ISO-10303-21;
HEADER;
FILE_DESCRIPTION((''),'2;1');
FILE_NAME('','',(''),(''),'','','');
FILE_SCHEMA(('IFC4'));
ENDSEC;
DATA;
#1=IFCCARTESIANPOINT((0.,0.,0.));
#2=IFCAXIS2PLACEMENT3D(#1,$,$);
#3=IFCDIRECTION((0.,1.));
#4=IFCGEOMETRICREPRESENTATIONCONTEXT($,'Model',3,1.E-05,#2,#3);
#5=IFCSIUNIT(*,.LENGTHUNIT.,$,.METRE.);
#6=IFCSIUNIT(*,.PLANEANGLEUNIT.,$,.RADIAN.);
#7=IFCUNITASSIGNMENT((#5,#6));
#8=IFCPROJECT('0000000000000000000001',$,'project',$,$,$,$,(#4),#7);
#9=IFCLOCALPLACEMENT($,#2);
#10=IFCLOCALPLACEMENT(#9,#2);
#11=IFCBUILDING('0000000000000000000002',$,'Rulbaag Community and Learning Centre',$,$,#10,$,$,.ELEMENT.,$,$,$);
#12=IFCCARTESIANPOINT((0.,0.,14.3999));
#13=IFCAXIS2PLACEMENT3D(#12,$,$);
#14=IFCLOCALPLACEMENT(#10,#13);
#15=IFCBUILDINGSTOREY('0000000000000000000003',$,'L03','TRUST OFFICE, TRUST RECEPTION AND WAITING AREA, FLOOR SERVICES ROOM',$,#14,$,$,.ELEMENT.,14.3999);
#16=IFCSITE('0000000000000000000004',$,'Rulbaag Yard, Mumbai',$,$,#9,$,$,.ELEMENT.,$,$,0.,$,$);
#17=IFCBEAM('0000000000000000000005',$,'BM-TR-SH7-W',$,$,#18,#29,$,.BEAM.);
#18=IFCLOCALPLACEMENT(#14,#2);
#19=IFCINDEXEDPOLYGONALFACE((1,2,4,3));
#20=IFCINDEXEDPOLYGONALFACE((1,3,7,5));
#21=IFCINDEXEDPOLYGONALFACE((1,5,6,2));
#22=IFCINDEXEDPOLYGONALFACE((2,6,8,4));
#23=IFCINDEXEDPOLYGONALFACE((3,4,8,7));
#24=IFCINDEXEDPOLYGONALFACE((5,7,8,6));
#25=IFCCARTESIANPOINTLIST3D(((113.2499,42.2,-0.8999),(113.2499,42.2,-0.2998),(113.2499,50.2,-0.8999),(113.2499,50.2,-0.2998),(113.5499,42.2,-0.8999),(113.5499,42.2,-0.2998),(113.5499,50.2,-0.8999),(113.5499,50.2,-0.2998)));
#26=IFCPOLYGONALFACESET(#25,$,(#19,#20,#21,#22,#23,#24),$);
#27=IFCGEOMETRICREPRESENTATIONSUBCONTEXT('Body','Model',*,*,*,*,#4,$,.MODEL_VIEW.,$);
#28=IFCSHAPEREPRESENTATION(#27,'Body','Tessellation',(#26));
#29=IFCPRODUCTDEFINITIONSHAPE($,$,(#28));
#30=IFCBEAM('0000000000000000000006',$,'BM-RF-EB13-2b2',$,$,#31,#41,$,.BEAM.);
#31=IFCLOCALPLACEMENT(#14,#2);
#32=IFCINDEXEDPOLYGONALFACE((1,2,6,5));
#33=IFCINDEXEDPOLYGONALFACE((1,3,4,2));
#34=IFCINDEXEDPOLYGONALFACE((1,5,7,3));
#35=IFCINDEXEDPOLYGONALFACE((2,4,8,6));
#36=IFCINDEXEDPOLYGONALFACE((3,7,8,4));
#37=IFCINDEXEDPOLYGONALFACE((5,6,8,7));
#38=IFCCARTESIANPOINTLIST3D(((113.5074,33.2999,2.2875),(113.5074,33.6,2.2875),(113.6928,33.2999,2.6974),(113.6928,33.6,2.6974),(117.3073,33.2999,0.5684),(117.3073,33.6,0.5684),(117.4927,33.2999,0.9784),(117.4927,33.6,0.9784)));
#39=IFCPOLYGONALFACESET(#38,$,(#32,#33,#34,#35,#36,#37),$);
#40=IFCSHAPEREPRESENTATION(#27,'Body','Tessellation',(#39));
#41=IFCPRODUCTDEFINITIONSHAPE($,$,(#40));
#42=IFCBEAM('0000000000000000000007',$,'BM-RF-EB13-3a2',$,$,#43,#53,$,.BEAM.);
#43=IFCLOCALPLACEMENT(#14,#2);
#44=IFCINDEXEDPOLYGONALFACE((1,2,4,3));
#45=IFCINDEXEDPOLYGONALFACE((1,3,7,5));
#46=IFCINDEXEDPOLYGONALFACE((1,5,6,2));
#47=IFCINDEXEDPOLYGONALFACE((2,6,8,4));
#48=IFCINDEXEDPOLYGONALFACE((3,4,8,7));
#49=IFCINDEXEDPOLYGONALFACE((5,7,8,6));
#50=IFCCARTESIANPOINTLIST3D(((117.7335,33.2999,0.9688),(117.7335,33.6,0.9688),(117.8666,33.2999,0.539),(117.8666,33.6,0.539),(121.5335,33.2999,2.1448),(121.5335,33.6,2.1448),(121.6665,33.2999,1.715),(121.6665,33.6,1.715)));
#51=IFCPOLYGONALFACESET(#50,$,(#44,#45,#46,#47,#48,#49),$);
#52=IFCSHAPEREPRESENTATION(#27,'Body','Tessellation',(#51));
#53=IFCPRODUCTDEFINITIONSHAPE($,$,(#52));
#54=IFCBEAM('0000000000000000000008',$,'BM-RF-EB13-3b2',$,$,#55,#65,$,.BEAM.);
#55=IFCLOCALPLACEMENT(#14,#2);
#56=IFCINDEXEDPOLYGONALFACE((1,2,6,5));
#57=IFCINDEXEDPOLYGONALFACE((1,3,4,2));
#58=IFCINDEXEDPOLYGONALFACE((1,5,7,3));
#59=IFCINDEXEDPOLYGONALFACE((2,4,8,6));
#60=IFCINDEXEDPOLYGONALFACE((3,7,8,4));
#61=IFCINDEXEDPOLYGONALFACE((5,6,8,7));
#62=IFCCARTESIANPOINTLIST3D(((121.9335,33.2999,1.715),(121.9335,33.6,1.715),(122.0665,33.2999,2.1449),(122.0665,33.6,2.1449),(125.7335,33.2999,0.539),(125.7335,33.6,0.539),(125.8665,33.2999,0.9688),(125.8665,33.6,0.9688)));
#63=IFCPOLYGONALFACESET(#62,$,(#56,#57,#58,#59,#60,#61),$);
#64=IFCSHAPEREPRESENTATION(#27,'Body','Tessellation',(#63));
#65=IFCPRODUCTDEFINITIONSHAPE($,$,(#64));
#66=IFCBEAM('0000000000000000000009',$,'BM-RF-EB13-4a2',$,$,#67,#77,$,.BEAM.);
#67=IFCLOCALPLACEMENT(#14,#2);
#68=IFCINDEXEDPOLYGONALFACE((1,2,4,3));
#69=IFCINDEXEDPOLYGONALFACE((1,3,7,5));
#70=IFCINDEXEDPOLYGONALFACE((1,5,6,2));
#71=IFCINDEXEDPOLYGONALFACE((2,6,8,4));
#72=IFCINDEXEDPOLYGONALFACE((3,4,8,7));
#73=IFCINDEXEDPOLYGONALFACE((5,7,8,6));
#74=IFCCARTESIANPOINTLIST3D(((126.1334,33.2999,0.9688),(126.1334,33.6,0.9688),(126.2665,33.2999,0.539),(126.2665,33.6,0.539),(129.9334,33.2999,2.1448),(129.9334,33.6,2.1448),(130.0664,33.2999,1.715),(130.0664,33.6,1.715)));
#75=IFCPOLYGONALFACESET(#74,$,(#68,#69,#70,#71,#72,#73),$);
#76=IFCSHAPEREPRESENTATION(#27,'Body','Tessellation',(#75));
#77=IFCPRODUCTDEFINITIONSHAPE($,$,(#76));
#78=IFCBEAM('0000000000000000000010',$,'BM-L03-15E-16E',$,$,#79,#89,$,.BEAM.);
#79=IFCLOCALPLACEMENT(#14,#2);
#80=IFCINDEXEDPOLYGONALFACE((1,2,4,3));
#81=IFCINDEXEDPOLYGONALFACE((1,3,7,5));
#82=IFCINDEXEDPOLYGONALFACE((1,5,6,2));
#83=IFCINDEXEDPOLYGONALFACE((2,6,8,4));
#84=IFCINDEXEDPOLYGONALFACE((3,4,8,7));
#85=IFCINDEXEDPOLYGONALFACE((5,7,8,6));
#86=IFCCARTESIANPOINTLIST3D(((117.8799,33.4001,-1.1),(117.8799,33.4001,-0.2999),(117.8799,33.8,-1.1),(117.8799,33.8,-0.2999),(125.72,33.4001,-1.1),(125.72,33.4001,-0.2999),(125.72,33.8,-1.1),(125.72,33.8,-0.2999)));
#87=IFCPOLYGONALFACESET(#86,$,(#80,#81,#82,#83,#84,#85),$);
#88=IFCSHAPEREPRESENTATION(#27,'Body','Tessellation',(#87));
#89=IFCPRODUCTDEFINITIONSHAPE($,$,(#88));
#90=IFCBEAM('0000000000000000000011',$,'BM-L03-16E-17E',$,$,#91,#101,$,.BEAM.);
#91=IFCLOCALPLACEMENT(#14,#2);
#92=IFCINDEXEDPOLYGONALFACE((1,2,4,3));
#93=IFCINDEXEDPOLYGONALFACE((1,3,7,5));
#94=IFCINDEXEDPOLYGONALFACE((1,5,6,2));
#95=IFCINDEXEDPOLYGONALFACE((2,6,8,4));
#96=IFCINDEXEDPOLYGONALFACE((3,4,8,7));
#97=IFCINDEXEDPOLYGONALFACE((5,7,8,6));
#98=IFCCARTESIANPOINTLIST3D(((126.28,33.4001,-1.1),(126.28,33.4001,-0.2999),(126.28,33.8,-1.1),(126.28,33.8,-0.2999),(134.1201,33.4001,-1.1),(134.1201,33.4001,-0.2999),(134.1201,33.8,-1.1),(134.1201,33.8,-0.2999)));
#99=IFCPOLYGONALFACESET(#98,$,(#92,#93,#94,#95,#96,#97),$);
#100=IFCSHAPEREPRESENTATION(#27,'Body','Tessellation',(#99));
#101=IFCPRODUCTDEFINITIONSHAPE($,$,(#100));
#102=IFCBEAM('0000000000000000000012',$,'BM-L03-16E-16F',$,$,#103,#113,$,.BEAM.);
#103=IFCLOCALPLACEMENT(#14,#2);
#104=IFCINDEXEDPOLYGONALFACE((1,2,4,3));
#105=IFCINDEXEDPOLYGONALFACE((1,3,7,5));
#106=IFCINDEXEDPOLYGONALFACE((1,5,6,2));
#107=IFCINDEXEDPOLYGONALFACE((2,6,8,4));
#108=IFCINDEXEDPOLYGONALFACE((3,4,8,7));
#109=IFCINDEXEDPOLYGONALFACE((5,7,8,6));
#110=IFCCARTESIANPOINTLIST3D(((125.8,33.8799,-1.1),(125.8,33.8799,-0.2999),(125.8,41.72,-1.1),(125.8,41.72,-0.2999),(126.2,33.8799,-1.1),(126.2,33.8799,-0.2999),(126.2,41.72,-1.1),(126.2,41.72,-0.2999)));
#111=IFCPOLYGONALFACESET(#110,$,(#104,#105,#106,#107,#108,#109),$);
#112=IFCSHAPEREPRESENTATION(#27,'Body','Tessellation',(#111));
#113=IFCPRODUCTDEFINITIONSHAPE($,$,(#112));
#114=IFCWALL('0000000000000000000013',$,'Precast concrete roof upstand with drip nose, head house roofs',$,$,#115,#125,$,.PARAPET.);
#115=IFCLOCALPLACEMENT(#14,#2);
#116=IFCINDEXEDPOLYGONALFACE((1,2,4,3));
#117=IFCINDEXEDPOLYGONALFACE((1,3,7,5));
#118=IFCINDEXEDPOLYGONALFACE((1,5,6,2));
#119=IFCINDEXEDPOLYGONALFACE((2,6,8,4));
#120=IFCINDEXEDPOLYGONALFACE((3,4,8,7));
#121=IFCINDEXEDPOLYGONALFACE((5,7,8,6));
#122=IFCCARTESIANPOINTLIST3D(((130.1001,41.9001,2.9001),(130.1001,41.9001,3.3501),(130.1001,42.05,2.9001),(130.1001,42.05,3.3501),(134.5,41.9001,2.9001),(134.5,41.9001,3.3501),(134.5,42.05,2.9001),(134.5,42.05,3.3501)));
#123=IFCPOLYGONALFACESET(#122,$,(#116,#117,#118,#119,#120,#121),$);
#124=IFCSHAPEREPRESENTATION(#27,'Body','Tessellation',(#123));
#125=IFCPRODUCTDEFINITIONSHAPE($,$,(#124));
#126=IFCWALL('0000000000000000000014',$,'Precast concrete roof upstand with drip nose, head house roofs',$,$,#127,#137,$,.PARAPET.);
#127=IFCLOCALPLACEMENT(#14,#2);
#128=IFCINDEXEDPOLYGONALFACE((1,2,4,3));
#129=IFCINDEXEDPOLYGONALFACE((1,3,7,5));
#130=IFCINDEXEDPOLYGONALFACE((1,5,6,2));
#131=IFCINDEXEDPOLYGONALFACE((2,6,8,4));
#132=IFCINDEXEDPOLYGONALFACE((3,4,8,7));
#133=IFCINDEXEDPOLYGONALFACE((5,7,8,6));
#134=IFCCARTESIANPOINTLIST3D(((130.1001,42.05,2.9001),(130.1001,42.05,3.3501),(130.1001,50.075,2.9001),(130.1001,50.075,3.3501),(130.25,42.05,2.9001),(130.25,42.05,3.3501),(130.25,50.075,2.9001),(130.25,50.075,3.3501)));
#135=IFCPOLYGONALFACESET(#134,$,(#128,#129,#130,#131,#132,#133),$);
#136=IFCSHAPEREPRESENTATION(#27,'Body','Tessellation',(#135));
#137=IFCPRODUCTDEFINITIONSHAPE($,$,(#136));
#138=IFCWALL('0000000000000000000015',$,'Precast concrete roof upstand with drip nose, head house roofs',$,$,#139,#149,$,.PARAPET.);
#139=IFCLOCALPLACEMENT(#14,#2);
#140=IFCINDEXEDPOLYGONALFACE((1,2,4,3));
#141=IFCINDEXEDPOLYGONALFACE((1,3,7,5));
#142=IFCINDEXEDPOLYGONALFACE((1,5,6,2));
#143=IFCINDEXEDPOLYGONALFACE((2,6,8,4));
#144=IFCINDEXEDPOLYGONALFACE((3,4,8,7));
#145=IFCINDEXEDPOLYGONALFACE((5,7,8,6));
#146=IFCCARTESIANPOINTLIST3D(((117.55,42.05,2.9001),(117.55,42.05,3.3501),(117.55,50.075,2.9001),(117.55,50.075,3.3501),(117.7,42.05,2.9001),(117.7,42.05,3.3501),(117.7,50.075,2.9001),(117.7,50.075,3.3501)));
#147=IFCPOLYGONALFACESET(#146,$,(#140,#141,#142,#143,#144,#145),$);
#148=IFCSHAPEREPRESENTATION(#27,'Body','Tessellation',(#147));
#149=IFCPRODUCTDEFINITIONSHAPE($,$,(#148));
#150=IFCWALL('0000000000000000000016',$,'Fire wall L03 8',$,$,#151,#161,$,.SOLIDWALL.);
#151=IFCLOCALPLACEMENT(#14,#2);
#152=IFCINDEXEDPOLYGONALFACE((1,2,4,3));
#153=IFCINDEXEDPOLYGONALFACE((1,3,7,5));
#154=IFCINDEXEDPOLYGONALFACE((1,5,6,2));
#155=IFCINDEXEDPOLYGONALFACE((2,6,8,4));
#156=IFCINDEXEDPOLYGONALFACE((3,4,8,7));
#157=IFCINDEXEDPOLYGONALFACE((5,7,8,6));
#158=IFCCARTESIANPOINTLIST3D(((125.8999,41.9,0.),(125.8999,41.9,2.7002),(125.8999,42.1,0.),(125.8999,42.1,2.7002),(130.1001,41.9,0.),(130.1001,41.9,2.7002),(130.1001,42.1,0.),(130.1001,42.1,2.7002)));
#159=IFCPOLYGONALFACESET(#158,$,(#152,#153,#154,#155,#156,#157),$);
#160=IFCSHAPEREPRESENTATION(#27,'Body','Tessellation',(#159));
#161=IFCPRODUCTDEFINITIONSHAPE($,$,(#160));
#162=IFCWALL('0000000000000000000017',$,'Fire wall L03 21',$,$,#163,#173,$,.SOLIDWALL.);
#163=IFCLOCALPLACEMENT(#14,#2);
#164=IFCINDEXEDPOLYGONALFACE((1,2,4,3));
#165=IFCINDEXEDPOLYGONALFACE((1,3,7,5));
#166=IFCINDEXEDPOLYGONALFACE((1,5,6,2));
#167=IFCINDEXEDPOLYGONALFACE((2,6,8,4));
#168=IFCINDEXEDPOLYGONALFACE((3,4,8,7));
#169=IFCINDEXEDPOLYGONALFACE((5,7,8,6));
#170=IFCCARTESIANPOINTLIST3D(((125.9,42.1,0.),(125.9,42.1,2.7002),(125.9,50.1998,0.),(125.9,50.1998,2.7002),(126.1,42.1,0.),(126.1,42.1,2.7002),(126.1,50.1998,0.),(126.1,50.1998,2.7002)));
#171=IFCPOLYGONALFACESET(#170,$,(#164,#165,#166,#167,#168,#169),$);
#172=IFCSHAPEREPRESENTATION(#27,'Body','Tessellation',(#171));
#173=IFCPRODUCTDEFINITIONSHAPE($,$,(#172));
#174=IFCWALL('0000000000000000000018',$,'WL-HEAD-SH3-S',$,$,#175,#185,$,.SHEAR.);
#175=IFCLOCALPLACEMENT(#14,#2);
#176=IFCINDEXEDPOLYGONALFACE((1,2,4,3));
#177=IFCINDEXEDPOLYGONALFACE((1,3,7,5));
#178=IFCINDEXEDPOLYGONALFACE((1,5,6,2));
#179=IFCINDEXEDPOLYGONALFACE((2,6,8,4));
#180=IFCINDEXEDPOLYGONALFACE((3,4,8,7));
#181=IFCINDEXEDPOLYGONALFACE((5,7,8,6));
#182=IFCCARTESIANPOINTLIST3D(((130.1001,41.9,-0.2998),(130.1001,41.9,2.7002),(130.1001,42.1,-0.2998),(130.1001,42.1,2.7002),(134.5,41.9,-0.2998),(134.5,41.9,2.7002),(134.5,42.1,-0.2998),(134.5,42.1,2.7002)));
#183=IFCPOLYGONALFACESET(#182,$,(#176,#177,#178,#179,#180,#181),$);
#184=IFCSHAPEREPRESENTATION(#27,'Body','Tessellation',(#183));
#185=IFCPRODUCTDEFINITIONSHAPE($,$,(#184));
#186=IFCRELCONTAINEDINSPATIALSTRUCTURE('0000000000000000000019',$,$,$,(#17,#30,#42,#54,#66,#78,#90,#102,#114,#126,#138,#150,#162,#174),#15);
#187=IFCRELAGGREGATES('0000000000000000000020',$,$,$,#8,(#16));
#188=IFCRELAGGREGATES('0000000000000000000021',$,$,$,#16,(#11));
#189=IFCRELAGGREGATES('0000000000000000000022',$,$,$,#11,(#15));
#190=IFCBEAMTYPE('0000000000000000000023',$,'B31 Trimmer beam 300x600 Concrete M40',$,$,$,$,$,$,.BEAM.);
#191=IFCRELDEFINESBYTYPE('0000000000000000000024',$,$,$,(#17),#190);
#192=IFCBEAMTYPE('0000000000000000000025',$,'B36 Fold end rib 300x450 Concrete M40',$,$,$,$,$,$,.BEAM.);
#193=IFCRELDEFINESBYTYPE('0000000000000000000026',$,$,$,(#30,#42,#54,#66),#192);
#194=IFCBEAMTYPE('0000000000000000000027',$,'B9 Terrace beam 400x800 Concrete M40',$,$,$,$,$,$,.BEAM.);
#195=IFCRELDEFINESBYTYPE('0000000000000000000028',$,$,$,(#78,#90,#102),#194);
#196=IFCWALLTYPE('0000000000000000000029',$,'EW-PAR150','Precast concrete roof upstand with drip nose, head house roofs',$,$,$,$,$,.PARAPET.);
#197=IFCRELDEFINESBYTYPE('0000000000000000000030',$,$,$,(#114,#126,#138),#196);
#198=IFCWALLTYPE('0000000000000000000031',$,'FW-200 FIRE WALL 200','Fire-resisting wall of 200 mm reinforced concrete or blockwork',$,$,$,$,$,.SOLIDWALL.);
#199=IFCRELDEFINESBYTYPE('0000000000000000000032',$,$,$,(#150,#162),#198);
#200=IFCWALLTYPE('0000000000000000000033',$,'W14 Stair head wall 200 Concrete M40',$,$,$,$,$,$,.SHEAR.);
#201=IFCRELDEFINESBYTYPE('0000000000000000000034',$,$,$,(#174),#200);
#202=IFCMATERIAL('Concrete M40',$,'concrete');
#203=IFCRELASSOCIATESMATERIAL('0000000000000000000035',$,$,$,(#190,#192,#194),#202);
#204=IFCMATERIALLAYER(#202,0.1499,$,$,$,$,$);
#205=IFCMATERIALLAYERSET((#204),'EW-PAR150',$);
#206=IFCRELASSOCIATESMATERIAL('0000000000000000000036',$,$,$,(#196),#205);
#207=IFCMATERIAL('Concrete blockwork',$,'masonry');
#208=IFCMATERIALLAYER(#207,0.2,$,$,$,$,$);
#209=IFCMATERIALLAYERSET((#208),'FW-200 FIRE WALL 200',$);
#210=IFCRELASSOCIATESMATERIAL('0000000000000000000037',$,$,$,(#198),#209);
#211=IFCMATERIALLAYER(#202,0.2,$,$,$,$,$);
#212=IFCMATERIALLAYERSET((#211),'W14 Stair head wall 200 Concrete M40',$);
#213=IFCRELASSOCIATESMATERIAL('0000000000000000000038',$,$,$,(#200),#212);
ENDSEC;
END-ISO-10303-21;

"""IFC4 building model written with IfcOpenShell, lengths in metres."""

from ifc_helpers import new_model, si_unit, direction, frame, frame_2d, origin, origin_2d, place, context, subcontext, project, spatial, rectangle, extrude, material, layer, layer_set, material_profile, profile_set, type_object, element, save


model = new_model("IFC4")

# Units and contexts
model_context = context("Model", 3, precision=1e-05, world=origin(), true_north=direction((0.0, 1.0)))
body_context = subcontext(model_context, "Body", "Model", "MODEL_VIEW")
ifc_project = project(units=[si_unit("LENGTHUNIT", "METRE"), si_unit("PLANEANGLEUNIT", "RADIAN")], contexts=[model_context])

# Site, building, storey
site_placement = place(None, origin())
site = spatial("IfcSite", under=ifc_project, at=site_placement, Name="Rulbaag Yard, Mumbai", CompositionType="ELEMENT", RefElevation=0.0)
building_placement = place(site_placement, origin())
building = spatial("IfcBuilding", under=site, at=building_placement, Name="Rulbaag Community and Learning Centre", CompositionType="ELEMENT")
storey_placement = place(building_placement, frame((0.0, 0.0, 14.3999)))
storey = spatial("IfcBuildingStorey", under=building, at=storey_placement, Name="L03", Description="TRUST OFFICE, TRUST RECEPTION AND WAITING AREA, FLOOR SERVICES ROOM", CompositionType="ELEMENT", Elevation=14.3999)

# Beams
ifc_material_1 = material(Name="Concrete M40", Category="concrete")
ifc_material_profile_1 = material_profile(ifc_material_1, rectangle(XDim=0.3, YDim=0.6001, at=origin_2d()), Name="RB300x600")
ifc_profile_set_1 = profile_set([ifc_material_profile_1], Name="Concrete M40")
beam_type_1 = type_object("IfcBeamType", Name="B31 Trimmer beam 300x600 Concrete M40", PredefinedType="BEAM", material=ifc_profile_set_1)
beam_1_placement = place(storey_placement, frame((113.3999, 42.2, -0.5999), z_axis=(0.0, 1.0, 0.0), x_axis=(-1.0, 0.0, 0.0)))
element("IfcBeam", 1, at=beam_1_placement, inside=storey, type_object=beam_type_1, Name="BM-TR-SH7-W", PredefinedType="BEAM", context=body_context, shape_type="SweptSolid", body=[
    extrude(rectangle(XDim=0.3, YDim=0.6001, at=origin_2d()), origin(), (0.0, 0.0, 1.0), 8.0),
])
ifc_material_profile_2 = material_profile(ifc_material_1, rectangle(XDim=0.3, YDim=0.45, at=origin_2d()), Name="RB300x450")
ifc_profile_set_2 = profile_set([ifc_material_profile_2], Name="Concrete M40")
beam_type_2 = type_object("IfcBeamType", Name="B36 Fold end rib 300x450 Concrete M40", PredefinedType="BEAM", material=ifc_profile_set_2)
beam_2_placement = place(storey_placement, frame((113.6001, 33.45, 2.4924), z_axis=(0.911105, 0.0, -0.412175), x_axis=(0.0, 1.0, 0.0)))
element("IfcBeam", 2, at=beam_2_placement, inside=storey, type_object=beam_type_2, Name="BM-RF-EB13-2b2", PredefinedType="BEAM", context=body_context, shape_type="SweptSolid", body=[
    extrude(rectangle(XDim=0.3, YDim=0.45, at=origin_2d()), origin(), (0.0, 0.0, 1.0), 4.1707),
])
for number, where, z_axis, x_axis, name in (
    (3, (117.8, 33.45, 0.7539), (0.955299, 0.0, 0.295642), (0.0, 1.0, 0.0), "BM-RF-EB13-3a2"),
    (4, (122.0, 33.45, 1.9299), (0.955299, 0.0, -0.295642), (0.0, 1.0, 0.0), "BM-RF-EB13-3b2"),
    (5, (126.2, 33.45, 0.7539), (0.955299, 0.0, 0.295642), (0.0, 1.0, 0.0), "BM-RF-EB13-4a2"),
):
    element("IfcBeam", number, at=place(storey_placement, frame(where, z_axis=z_axis, x_axis=x_axis)), inside=storey, type_object=beam_type_2, Name=name, PredefinedType="BEAM", context=body_context, shape_type="SweptSolid", body=[
        extrude(rectangle(XDim=0.3, YDim=0.45, at=origin_2d()), origin(), (0.0, 0.0, 1.0), 3.9778),
    ])
ifc_material_profile_3 = material_profile(ifc_material_1, rectangle(XDim=0.3999, YDim=0.8, at=origin_2d()), Name="RB400x800")
ifc_profile_set_3 = profile_set([ifc_material_profile_3], Name="Concrete M40")
beam_type_3 = type_object("IfcBeamType", Name="B9 Terrace beam 400x800 Concrete M40", PredefinedType="BEAM", material=ifc_profile_set_3)
for number, where, z_axis, x_axis, name in (
    (6, (117.8799, 33.6001, -0.7), (1.0, 0.0, 0.0), (0.0, 1.0, 0.0), "BM-L03-15E-16E"),
    (7, (126.28, 33.6001, -0.7), (1.0, 0.0, 0.0), (0.0, 1.0, 0.0), "BM-L03-16E-17E"),
    (8, (126.0, 33.8799, -0.7), (0.0, 1.0, 0.0), (-1.0, 0.0, 0.0), "BM-L03-16E-16F"),
):
    element("IfcBeam", number, at=place(storey_placement, frame(where, z_axis=z_axis, x_axis=x_axis)), inside=storey, type_object=beam_type_3, Name=name, PredefinedType="BEAM", context=body_context, shape_type="SweptSolid", body=[
        extrude(rectangle(XDim=0.3999, YDim=0.8, at=origin_2d()), origin(), (0.0, 0.0, 1.0), 7.8401),
    ])

# Walls
ifc_layer_1 = layer(ifc_material_1, 0.1499)
ifc_layer_set_1 = layer_set([ifc_layer_1], Name="EW-PAR150")
wall_type_1 = type_object("IfcWallType", Name="EW-PAR150", Description="Precast concrete roof upstand with drip nose, head house roofs", PredefinedType="PARAPET", material=ifc_layer_set_1)
wall_1_placement = place(storey_placement, frame((130.1001, 41.9751, 2.9001), z_axis=(0.0, 0.0, 1.0), x_axis=(1.0, 0.0, 0.0)))
element("IfcWall", 9, at=wall_1_placement, inside=storey, type_object=wall_type_1, Name="Precast concrete roof upstand with drip nose, head house roofs", PredefinedType="PARAPET", context=body_context, shape_type="SweptSolid", body=[
    extrude(rectangle(XDim=4.3999, YDim=0.1499, at=frame_2d((2.2, 0.0))), origin(), (0.0, 0.0, 1.0), 0.45),
])
for number, where, z_axis, x_axis, name in (
    (10, (130.175, 42.05, 2.9001), (0.0, 0.0, 1.0), (0.0, 1.0, 0.0), "Precast concrete roof upstand with drip nose, head house roofs"),
    (11, (117.625, 42.05, 2.9001), (0.0, 0.0, 1.0), (0.0, 1.0, 0.0), "Precast concrete roof upstand with drip nose, head house roofs"),
):
    element("IfcWall", number, at=place(storey_placement, frame(where, z_axis=z_axis, x_axis=x_axis)), inside=storey, type_object=wall_type_1, Name=name, PredefinedType="PARAPET", context=body_context, shape_type="SweptSolid", body=[
        extrude(rectangle(XDim=8.0249, YDim=0.1499, at=frame_2d((4.0125, 0.0))), origin(), (0.0, 0.0, 1.0), 0.45),
    ])
ifc_material_2 = material(Name="Concrete blockwork", Category="masonry")
ifc_layer_2 = layer(ifc_material_2, 0.2)
ifc_layer_set_2 = layer_set([ifc_layer_2], Name="FW-200 FIRE WALL 200")
wall_type_2 = type_object("IfcWallType", Name="FW-200 FIRE WALL 200", Description="Fire-resisting wall of 200 mm reinforced concrete or blockwork", PredefinedType="SOLIDWALL", material=ifc_layer_set_2)
wall_2_placement = place(storey_placement, frame((125.8999, 42.0, 0.0), z_axis=(0.0, 0.0, 1.0), x_axis=(1.0, 0.0, 0.0)))
element("IfcWall", 12, at=wall_2_placement, inside=storey, type_object=wall_type_2, Name="Fire wall L03 8", PredefinedType="SOLIDWALL", context=body_context, shape_type="SweptSolid", body=[
    extrude(rectangle(XDim=4.2002, YDim=0.2, at=frame_2d((2.1001, 0.0))), origin(), (0.0, 0.0, 1.0), 2.7002),
])
wall_3_placement = place(storey_placement, frame((126.0, 42.1001, 0.0), z_axis=(0.0, 0.0, 1.0), x_axis=(0.0, 1.0, 0.0)))
element("IfcWall", 13, at=wall_3_placement, inside=storey, type_object=wall_type_2, Name="Fire wall L03 21", PredefinedType="SOLIDWALL", context=body_context, shape_type="SweptSolid", body=[
    extrude(rectangle(XDim=8.0999, YDim=0.2, at=frame_2d((4.0498, 0.0))), origin(), (0.0, 0.0, 1.0), 2.7002),
])
ifc_layer_3 = layer(ifc_material_1, 0.2)
ifc_layer_set_3 = layer_set([ifc_layer_3], Name="W14 Stair head wall 200 Concrete M40")
wall_type_3 = type_object("IfcWallType", Name="W14 Stair head wall 200 Concrete M40", PredefinedType="SHEAR", material=ifc_layer_set_3)
wall_4_placement = place(storey_placement, frame((130.1001, 42.0, -0.2998), z_axis=(0.0, 0.0, 1.0), x_axis=(1.0, 0.0, 0.0)))
element("IfcWall", 14, at=wall_4_placement, inside=storey, type_object=wall_type_3, Name="WL-HEAD-SH3-S", PredefinedType="SHEAR", context=body_context, shape_type="SweptSolid", body=[
    extrude(rectangle(XDim=4.3999, YDim=0.2, at=frame_2d((2.2, 0.0))), origin(), (0.0, 0.0, 1.0), 3.0),
])

save(model, "model.ifc")
